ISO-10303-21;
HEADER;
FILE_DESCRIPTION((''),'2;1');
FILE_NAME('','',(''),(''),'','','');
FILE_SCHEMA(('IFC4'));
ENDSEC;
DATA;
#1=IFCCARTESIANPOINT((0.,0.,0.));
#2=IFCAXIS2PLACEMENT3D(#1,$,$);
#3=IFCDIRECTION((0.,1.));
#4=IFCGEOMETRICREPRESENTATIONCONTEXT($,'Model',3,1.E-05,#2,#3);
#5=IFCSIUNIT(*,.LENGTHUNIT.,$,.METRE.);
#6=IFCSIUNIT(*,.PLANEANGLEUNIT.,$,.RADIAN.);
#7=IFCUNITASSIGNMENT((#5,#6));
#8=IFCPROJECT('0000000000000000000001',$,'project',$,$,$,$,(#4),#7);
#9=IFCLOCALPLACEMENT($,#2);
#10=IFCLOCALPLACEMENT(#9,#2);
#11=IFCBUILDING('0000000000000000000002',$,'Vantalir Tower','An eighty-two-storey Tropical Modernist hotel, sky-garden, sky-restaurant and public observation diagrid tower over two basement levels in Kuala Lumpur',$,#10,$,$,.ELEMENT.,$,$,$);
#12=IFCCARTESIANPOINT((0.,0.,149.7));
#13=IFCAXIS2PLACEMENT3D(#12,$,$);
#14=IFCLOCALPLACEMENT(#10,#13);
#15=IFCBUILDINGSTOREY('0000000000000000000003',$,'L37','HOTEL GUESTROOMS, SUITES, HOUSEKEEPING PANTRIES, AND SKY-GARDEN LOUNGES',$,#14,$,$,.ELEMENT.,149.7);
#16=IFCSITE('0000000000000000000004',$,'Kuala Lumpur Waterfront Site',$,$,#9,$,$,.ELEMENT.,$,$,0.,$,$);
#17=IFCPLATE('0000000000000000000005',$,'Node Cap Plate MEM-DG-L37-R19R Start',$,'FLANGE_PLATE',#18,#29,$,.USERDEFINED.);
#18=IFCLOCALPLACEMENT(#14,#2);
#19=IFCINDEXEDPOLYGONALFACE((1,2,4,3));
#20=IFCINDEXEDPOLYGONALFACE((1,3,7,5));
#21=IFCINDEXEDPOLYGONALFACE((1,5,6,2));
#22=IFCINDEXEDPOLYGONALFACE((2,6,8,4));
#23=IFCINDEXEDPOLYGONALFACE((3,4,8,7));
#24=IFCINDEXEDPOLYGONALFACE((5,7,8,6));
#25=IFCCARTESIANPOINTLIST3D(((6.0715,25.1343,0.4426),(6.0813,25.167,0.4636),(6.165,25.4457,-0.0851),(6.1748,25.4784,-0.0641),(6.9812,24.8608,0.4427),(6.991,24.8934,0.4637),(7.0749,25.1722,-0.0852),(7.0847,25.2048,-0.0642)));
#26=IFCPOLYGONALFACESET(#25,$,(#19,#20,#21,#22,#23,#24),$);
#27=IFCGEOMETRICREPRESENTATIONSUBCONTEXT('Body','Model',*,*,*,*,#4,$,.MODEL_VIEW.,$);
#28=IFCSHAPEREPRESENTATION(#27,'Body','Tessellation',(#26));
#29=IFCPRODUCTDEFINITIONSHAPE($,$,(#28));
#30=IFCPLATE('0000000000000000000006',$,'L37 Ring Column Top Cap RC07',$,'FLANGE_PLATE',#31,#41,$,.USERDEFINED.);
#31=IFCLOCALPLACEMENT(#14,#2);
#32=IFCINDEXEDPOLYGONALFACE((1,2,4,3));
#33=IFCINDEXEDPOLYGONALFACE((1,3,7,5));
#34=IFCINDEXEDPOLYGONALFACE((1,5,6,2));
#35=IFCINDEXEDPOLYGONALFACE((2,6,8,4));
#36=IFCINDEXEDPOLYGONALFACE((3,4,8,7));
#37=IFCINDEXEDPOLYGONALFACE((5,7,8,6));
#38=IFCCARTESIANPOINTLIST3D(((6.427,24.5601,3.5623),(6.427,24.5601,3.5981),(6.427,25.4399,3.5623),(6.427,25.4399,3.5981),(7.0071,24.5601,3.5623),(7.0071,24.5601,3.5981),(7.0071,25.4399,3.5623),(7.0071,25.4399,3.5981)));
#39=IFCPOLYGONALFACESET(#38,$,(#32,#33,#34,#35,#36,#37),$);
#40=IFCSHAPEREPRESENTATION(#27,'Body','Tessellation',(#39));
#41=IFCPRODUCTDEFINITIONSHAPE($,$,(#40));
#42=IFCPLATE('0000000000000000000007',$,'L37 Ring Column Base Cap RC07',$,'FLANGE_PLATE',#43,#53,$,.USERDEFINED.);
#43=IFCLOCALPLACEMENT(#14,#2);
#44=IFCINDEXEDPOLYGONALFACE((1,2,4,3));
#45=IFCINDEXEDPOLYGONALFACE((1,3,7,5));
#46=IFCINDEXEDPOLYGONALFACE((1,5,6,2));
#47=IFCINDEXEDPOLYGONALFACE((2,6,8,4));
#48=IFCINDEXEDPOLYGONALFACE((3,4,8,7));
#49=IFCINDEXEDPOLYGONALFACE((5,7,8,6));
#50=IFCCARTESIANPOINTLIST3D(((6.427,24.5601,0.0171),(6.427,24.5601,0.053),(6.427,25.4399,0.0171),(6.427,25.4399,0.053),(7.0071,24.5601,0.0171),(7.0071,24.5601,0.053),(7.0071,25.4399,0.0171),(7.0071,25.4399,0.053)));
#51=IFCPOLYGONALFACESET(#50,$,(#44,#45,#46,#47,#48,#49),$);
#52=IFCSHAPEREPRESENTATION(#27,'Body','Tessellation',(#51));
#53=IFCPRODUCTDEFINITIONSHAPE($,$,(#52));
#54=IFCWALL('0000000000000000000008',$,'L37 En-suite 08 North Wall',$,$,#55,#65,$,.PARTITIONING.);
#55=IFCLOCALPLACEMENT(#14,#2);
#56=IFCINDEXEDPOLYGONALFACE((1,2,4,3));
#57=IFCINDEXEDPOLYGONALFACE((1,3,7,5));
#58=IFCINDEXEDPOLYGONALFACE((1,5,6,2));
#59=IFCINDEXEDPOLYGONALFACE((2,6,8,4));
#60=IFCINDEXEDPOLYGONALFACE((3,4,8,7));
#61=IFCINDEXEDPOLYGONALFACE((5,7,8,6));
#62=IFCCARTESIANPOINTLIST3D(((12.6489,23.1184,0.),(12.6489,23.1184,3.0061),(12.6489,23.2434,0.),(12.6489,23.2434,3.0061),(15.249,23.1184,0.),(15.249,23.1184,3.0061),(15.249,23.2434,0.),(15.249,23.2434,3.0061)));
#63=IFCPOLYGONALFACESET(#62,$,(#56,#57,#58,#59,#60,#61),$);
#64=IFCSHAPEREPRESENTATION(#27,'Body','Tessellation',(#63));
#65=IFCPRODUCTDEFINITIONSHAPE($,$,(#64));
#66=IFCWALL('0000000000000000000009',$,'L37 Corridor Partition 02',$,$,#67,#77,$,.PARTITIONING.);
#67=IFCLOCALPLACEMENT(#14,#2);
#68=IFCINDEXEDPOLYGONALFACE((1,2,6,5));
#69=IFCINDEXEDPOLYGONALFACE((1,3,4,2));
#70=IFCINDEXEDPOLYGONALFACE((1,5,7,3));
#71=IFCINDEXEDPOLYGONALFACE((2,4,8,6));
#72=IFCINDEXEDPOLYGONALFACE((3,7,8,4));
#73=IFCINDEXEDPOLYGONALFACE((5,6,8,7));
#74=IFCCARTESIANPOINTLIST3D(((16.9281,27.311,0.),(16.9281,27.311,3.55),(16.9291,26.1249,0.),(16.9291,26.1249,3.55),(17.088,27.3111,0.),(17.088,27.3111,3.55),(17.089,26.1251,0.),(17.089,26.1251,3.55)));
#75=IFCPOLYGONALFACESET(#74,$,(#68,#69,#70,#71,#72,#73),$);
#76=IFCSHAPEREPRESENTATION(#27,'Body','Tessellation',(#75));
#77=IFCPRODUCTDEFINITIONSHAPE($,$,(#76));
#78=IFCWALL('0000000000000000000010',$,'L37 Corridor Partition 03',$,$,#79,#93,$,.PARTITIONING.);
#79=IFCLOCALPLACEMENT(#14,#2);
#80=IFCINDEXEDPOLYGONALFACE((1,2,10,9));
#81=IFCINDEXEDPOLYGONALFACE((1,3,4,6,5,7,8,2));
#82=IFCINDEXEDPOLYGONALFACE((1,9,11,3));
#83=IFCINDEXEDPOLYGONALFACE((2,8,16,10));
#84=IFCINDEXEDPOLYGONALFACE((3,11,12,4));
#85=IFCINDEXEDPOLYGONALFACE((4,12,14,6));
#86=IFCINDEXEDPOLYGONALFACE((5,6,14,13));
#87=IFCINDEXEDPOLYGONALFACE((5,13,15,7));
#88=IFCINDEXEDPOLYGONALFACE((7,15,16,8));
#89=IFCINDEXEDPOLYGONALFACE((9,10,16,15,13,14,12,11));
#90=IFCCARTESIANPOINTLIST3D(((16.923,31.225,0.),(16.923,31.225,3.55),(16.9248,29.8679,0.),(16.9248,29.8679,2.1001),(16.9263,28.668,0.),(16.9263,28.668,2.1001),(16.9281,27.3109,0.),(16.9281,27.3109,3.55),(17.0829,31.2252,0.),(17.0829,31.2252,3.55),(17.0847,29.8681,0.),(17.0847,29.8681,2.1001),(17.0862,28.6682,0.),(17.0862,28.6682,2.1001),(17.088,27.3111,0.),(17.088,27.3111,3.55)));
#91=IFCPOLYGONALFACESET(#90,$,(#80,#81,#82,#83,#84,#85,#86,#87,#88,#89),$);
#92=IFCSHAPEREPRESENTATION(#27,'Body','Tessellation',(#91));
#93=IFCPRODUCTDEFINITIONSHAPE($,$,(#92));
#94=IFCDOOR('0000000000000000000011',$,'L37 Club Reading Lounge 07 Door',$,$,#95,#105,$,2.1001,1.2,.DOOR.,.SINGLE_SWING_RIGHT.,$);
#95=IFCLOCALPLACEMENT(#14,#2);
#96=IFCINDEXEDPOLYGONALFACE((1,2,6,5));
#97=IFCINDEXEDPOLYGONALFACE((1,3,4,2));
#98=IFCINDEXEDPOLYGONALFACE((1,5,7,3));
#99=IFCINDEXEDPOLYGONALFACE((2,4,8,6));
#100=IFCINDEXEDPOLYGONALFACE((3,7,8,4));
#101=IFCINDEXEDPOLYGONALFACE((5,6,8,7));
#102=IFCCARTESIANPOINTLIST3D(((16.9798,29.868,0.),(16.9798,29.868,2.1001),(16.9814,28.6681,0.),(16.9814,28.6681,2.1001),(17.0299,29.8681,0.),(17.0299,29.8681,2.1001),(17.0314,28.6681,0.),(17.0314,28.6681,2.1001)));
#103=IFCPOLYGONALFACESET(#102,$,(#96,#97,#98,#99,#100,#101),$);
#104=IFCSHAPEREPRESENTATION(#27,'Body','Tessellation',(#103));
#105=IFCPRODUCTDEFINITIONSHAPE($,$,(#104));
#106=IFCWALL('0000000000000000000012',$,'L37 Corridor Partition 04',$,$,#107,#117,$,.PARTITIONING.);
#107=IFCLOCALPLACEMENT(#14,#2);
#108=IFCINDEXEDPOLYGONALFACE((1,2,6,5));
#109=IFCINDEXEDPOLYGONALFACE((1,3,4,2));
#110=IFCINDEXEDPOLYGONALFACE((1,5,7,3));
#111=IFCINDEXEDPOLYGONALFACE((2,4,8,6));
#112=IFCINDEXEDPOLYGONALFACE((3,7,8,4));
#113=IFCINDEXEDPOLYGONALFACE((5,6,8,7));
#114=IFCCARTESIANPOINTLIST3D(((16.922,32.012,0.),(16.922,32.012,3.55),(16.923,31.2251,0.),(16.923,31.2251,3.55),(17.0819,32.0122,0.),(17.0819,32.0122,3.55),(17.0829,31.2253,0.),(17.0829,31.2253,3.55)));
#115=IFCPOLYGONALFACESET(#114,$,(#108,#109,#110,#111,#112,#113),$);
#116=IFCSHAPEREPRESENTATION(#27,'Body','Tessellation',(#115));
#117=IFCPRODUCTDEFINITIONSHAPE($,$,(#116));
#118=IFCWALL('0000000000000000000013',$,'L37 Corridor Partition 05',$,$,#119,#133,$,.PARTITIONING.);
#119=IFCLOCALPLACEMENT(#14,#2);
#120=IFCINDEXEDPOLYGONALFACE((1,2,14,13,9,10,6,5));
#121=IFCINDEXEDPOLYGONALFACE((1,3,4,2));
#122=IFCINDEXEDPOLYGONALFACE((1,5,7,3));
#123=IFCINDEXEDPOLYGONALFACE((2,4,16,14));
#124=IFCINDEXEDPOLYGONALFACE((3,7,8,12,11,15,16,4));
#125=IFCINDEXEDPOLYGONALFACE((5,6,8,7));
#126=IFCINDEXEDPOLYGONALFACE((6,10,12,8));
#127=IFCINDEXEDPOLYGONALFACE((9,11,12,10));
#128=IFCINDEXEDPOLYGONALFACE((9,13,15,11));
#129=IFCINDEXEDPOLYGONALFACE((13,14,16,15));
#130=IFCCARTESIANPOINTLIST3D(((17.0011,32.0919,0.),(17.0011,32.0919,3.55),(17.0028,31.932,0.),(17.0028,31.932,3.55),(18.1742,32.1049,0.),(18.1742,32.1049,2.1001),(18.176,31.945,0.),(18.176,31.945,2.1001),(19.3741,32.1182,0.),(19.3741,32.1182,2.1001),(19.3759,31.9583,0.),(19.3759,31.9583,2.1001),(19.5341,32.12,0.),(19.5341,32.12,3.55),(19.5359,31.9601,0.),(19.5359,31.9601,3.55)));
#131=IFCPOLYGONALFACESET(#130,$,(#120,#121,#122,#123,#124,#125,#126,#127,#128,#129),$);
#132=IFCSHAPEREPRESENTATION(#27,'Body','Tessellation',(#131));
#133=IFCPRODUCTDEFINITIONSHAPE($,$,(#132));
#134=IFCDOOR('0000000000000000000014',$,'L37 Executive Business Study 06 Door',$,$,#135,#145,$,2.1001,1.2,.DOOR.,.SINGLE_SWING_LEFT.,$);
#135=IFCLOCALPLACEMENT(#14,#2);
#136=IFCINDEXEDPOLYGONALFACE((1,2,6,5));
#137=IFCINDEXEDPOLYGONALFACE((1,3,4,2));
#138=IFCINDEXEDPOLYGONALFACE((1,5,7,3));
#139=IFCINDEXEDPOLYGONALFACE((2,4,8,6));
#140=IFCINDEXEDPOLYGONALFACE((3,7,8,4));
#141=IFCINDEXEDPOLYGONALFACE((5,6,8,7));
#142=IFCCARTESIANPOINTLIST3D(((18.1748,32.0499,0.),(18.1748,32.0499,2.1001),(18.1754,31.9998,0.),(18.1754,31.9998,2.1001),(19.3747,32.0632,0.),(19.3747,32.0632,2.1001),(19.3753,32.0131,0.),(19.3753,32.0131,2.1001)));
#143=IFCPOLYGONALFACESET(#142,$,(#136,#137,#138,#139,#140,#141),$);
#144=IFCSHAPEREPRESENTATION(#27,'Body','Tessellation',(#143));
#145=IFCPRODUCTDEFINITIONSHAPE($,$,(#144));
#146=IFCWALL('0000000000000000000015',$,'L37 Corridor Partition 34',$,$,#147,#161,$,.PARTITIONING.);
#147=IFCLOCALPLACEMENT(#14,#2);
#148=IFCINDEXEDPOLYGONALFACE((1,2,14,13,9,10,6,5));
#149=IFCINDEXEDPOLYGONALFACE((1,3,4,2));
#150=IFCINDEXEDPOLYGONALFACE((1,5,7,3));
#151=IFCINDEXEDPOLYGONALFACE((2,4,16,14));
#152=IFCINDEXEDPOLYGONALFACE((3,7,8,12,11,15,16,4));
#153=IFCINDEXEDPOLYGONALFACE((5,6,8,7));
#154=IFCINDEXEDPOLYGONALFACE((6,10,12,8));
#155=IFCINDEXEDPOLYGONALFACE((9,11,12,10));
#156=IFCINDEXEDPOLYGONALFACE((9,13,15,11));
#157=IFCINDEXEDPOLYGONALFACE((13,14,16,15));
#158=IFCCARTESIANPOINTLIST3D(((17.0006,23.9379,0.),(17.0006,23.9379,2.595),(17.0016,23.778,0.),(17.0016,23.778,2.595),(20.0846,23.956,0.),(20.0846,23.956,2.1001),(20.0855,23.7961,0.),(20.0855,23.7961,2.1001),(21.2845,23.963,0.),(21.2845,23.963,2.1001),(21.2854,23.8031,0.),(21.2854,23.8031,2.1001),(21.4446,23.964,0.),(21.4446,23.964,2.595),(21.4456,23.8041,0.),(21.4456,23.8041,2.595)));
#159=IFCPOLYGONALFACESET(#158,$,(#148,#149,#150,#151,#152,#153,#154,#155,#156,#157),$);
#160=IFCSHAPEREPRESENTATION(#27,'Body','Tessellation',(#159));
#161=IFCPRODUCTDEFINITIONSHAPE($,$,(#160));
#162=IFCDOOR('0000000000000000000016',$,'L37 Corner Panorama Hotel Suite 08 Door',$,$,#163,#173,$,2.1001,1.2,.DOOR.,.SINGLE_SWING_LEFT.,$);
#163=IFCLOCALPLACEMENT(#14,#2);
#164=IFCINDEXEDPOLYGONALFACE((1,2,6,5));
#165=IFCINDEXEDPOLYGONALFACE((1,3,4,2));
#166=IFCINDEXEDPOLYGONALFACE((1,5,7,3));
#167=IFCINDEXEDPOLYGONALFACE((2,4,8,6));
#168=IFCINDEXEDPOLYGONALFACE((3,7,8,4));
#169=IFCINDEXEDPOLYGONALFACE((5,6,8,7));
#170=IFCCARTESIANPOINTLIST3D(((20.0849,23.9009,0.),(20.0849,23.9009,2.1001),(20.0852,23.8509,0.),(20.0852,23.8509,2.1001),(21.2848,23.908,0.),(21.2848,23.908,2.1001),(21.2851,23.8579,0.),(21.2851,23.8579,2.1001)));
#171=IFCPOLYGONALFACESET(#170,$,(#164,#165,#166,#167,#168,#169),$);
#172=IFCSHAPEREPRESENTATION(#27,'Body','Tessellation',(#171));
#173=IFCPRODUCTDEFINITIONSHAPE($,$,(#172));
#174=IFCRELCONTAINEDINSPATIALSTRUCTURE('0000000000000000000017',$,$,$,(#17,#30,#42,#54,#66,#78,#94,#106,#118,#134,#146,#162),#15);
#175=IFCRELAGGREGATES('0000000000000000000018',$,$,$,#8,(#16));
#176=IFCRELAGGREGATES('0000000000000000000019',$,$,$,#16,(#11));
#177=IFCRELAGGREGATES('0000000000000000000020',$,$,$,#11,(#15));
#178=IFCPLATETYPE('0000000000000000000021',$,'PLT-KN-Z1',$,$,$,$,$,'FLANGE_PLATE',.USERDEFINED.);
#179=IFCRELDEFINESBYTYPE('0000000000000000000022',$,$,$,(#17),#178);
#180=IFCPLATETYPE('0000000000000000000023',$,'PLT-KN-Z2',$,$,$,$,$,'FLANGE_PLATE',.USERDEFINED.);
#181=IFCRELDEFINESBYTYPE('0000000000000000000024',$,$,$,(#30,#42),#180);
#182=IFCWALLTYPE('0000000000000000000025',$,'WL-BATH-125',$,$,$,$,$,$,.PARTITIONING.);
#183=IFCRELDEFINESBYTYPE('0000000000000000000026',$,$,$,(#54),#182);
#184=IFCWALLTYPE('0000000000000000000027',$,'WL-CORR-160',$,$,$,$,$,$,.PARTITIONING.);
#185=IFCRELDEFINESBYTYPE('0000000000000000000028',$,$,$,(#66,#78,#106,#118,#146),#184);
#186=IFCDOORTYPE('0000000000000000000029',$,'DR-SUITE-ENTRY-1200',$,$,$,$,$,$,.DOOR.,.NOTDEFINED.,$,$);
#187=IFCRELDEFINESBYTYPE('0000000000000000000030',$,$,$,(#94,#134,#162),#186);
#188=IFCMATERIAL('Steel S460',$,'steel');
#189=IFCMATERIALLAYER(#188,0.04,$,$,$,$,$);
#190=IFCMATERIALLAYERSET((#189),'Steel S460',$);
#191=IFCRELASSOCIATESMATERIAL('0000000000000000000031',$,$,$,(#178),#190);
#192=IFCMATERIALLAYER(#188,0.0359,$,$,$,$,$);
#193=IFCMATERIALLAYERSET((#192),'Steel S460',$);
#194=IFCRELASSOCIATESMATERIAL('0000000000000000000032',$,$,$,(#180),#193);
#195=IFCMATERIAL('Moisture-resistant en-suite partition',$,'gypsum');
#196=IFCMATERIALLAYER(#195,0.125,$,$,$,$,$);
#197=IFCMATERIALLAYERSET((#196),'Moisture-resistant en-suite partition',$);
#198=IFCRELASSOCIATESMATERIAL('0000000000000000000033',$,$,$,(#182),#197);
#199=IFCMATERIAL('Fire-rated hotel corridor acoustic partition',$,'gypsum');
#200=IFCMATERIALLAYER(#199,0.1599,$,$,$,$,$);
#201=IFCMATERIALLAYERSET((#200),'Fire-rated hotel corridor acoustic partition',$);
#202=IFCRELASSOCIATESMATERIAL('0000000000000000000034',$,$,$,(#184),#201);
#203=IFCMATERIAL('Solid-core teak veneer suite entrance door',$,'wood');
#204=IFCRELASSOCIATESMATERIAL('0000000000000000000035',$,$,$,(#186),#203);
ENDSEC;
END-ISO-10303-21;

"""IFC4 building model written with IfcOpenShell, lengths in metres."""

from ifc_helpers import new_model, si_unit, direction, frame, frame_2d, origin, place, context, subcontext, project, spatial, polyline, rectangle, outline, extrude, material, layer, layer_set, type_object, element, fill, save


model = new_model("IFC4")

# Units and contexts
model_context = context("Model", 3, precision=1e-05, world=origin(), true_north=direction((0.0, 1.0)))
body_context = subcontext(model_context, "Body", "Model", "MODEL_VIEW")
ifc_project = project(units=[si_unit("LENGTHUNIT", "METRE"), si_unit("PLANEANGLEUNIT", "RADIAN")], contexts=[model_context])

# Site, building, storey
site_placement = place(None, origin())
site = spatial("IfcSite", under=ifc_project, at=site_placement, Name="Kuala Lumpur Waterfront Site", CompositionType="ELEMENT", RefElevation=0.0)
building_placement = place(site_placement, origin())
building = spatial("IfcBuilding", under=site, at=building_placement, Name="Vantalir Tower", Description="An eighty-two-storey Tropical Modernist hotel, sky-garden, sky-restaurant and public observation diagrid tower over two basement levels in Kuala Lumpur", CompositionType="ELEMENT")
storey_placement = place(building_placement, frame((0.0, 0.0, 149.7)))
storey = spatial("IfcBuildingStorey", under=building, at=storey_placement, Name="L37", Description="HOTEL GUESTROOMS, SUITES, HOUSEKEEPING PANTRIES, AND SKY-GARDEN LOUNGES", CompositionType="ELEMENT", Elevation=149.7)

# Shared definitions
ifc_material_1 = material(Name="Steel S460", Category="steel")

# Plates
ifc_layer_1 = layer(ifc_material_1, 0.04)
ifc_layer_set_1 = layer_set([ifc_layer_1], Name="Steel S460")
plate_type_1 = type_object("IfcPlateType", Name="PLT-KN-Z1", ElementType="FLANGE_PLATE", PredefinedType="USERDEFINED", material=ifc_layer_set_1)
plate_1_placement = place(storey_placement, frame((7.0847, 25.2048, -0.0642), z_axis=(0.245161, 0.815344, 0.52451), x_axis=(-0.957658, 0.287907, 0.000071)))
element("IfcPlate", 1, at=plate_1_placement, inside=storey, type_object=plate_type_1, Name="Node Cap Plate MEM-DG-L37-R19R Start", ObjectType="FLANGE_PLATE", PredefinedType="USERDEFINED", context=body_context, shape_type="SweptSolid", body=[
    extrude(outline(polyline([(0.0, 0.0), (0.9501, 0.0), (0.9501, 0.6199), (0.0001, 0.62), (0.0, 0.0)])), origin(), (0.0, 0.0, -1.0), 0.04),
])
ifc_layer_2 = layer(ifc_material_1, 0.0359)
ifc_layer_set_2 = layer_set([ifc_layer_2], Name="Steel S460")
plate_type_2 = type_object("IfcPlateType", Name="PLT-KN-Z2", ElementType="FLANGE_PLATE", PredefinedType="USERDEFINED", material=ifc_layer_set_2)
for number, where, z_axis, x_axis, name in (
    (2, (6.427, 25.4399, 3.5981), (0.0, 0.0, 1.0), (0.0, -1.0, 0.0), "L37 Ring Column Top Cap RC07"),
    (3, (6.427, 25.4399, 0.053), (0.0, 0.0, 1.0), (0.0, -1.0, 0.0), "L37 Ring Column Base Cap RC07"),
):
    element("IfcPlate", number, at=place(storey_placement, frame(where, z_axis=z_axis, x_axis=x_axis)), inside=storey, type_object=plate_type_2, Name=name, ObjectType="FLANGE_PLATE", PredefinedType="USERDEFINED", context=body_context, shape_type="SweptSolid", body=[
        extrude(outline(polyline([(0.0, 0.0), (0.8799, 0.0), (0.8799, 0.5801), (0.0, 0.5801), (0.0, 0.0)])), origin(), (0.0, 0.0, -1.0), 0.0359),
    ])

# Walls
ifc_material_2 = material(Name="Moisture-resistant en-suite partition", Category="gypsum")
ifc_layer_3 = layer(ifc_material_2, 0.125)
ifc_layer_set_3 = layer_set([ifc_layer_3], Name="Moisture-resistant en-suite partition")
wall_type_1 = type_object("IfcWallType", Name="WL-BATH-125", PredefinedType="PARTITIONING", material=ifc_layer_set_3)
wall_1_placement = place(storey_placement, frame((12.6489, 23.1809, 0.0), z_axis=(0.0, 0.0, 1.0), x_axis=(1.0, 0.0, 0.0)))
element("IfcWall", 4, at=wall_1_placement, inside=storey, type_object=wall_type_1, Name="L37 En-suite 08 North Wall", PredefinedType="PARTITIONING", context=body_context, shape_type="SweptSolid", body=[
    extrude(rectangle(XDim=2.6001, YDim=0.125, at=frame_2d((1.3, 0.0))), origin(), (0.0, 0.0, 1.0), 3.0061),
])
ifc_material_3 = material(Name="Fire-rated hotel corridor acoustic partition", Category="gypsum")
ifc_layer_4 = layer(ifc_material_3, 0.1599)
ifc_layer_set_4 = layer_set([ifc_layer_4], Name="Fire-rated hotel corridor acoustic partition")
wall_type_2 = type_object("IfcWallType", Name="WL-CORR-160", PredefinedType="PARTITIONING", material=ifc_layer_set_4)
wall_2_placement = place(storey_placement, frame((17.009, 26.125, 0.0), z_axis=(0.0, 0.0, 1.0), x_axis=(-0.000823, 1.0, 0.0)))
element("IfcWall", 5, at=wall_2_placement, inside=storey, type_object=wall_type_2, Name="L37 Corridor Partition 02", PredefinedType="PARTITIONING", context=body_context, shape_type="SweptSolid", body=[
    extrude(rectangle(XDim=1.186, YDim=0.1599, at=frame_2d((0.593, 0.0))), origin(), (0.0, 0.0, 1.0), 3.55),
])

# Wall, opening, door
wall_3_placement = place(storey_placement, frame((17.0081, 27.311, 0.0), z_axis=(0.0, 0.0, 1.0), x_axis=(-0.00131, 0.999999, 0.0)))
wall_3 = element("IfcWall", 6, at=wall_3_placement, inside=storey, type_object=wall_type_2, Name="L37 Corridor Partition 03", PredefinedType="PARTITIONING", context=body_context, shape_type="SweptSolid", body=[
    extrude(rectangle(XDim=3.9141, YDim=0.1599, at=frame_2d((1.957, 0.0))), origin(), (0.0, 0.0, 1.0), 3.55),
])
opening_1_placement = place(wall_3_placement, frame((1.3569, 0.0, 0.0)))
opening_1 = element("IfcOpeningElement", 7, at=opening_1_placement, cuts=wall_3, PredefinedType="OPENING", context=body_context, shape_type="SweptSolid", body=[
    extrude(rectangle(XDim=1.2, YDim=2.1001, at=frame_2d((0.6001, 1.05))), frame((0.0, 0.0898, 0.0), z_axis=(0.0, -1.0, 0.0), x_axis=(1.0, 0.0, 0.0)), (0.0, 0.0, 1.0), 0.1799),
])
ifc_material_4 = material(Name="Solid-core teak veneer suite entrance door", Category="wood")
door_type = type_object("IfcDoorType", Name="DR-SUITE-ENTRY-1200", OperationType="NOTDEFINED", PredefinedType="DOOR", material=ifc_material_4)
door_1_placement = place(opening_1_placement, origin())
door_1 = element("IfcDoor", 8, at=door_1_placement, inside=storey, type_object=door_type, Name="L37 Club Reading Lounge 07 Door", OperationType="SINGLE_SWING_RIGHT", OverallHeight=2.1001, OverallWidth=1.2, PredefinedType="DOOR", context=body_context, shape_type="SweptSolid", body=[
    extrude(rectangle(XDim=1.2, YDim=2.1001, at=frame_2d((0.6001, 1.05))), frame((0.0, 0.0249, 0.0), z_axis=(0.0, -1.0, 0.0), x_axis=(1.0, 0.0, 0.0)), (0.0, 0.0, 1.0), 0.05),
])
fill(opening_1, door_1)

# Wall
wall_4_placement = place(storey_placement, frame((17.0029, 31.2251, 0.0), z_axis=(0.0, 0.0, 1.0), x_axis=(-0.001241, 0.999999, 0.0)))
element("IfcWall", 9, at=wall_4_placement, inside=storey, type_object=wall_type_2, Name="L37 Corridor Partition 04", PredefinedType="PARTITIONING", context=body_context, shape_type="SweptSolid", body=[
    extrude(rectangle(XDim=0.7869, YDim=0.1599, at=frame_2d((0.3936, 0.0))), origin(), (0.0, 0.0, 1.0), 3.55),
])

# Walls, openings, doors
wall_5_placement = place(storey_placement, frame((17.002, 32.012, 0.0), z_axis=(0.0, 0.0, 1.0), x_axis=(0.999939, 0.011084, 0.0)))
wall_5 = element("IfcWall", 10, at=wall_5_placement, inside=storey, type_object=wall_type_2, Name="L37 Corridor Partition 05", PredefinedType="PARTITIONING", context=body_context, shape_type="SweptSolid", body=[
    extrude(rectangle(XDim=2.5332, YDim=0.1599, at=frame_2d((1.2666, 0.0))), origin(), (0.0, 0.0, 1.0), 3.55),
])
opening_2_placement = place(wall_5_placement, frame((1.1731, 0.0, 0.0)))
opening_2 = element("IfcOpeningElement", 11, at=opening_2_placement, cuts=wall_5, PredefinedType="OPENING", context=body_context, shape_type="SweptSolid", body=[
    extrude(rectangle(XDim=1.2, YDim=2.1001, at=frame_2d((0.6001, 1.05))), frame((0.0, 0.0898, 0.0), z_axis=(0.0, -1.0, 0.0), x_axis=(1.0, 0.0, 0.0)), (0.0, 0.0, 1.0), 0.1799),
])
door_2_placement = place(opening_2_placement, origin())
door_2 = element("IfcDoor", 12, at=door_2_placement, inside=storey, type_object=door_type, Name="L37 Executive Business Study 06 Door", OperationType="SINGLE_SWING_LEFT", OverallHeight=2.1001, OverallWidth=1.2, PredefinedType="DOOR", context=body_context, shape_type="SweptSolid", body=[
    extrude(rectangle(XDim=1.2, YDim=2.1001, at=frame_2d((0.6001, 1.05))), frame((0.0, 0.0249, 0.0), z_axis=(0.0, -1.0, 0.0), x_axis=(1.0, 0.0, 0.0)), (0.0, 0.0, 1.0), 0.05),
])
fill(opening_2, door_2)
wall_6_placement = place(storey_placement, frame((17.001, 23.8579, 0.0), z_axis=(0.0, 0.0, 1.0), x_axis=(0.999983, 0.005878, 0.0)))
wall_6 = element("IfcWall", 13, at=wall_6_placement, inside=storey, type_object=wall_type_2, Name="L37 Corridor Partition 34", PredefinedType="PARTITIONING", context=body_context, shape_type="SweptSolid", body=[
    extrude(rectangle(XDim=4.4441, YDim=0.1599, at=frame_2d((2.2222, 0.0))), origin(), (0.0, 0.0, 1.0), 2.595),
])
opening_3_placement = place(wall_6_placement, frame((3.084, 0.0, 0.0)))
opening_3 = element("IfcOpeningElement", 14, at=opening_3_placement, cuts=wall_6, PredefinedType="OPENING", context=body_context, shape_type="SweptSolid", body=[
    extrude(rectangle(XDim=1.2, YDim=2.1001, at=frame_2d((0.6001, 1.05))), frame((0.0, 0.0898, 0.0), z_axis=(0.0, -1.0, 0.0), x_axis=(1.0, 0.0, 0.0)), (0.0, 0.0, 1.0), 0.1799),
])
door_3_placement = place(opening_3_placement, origin())
door_3 = element("IfcDoor", 15, at=door_3_placement, inside=storey, type_object=door_type, Name="L37 Corner Panorama Hotel Suite 08 Door", OperationType="SINGLE_SWING_LEFT", OverallHeight=2.1001, OverallWidth=1.2, PredefinedType="DOOR", context=body_context, shape_type="SweptSolid", body=[
    extrude(rectangle(XDim=1.2, YDim=2.1001, at=frame_2d((0.6001, 1.05))), frame((0.0, 0.0249, 0.0), z_axis=(0.0, -1.0, 0.0), x_axis=(1.0, 0.0, 0.0)), (0.0, 0.0, 1.0), 0.05),
])
fill(opening_3, door_3)

save(model, "model.ifc")
